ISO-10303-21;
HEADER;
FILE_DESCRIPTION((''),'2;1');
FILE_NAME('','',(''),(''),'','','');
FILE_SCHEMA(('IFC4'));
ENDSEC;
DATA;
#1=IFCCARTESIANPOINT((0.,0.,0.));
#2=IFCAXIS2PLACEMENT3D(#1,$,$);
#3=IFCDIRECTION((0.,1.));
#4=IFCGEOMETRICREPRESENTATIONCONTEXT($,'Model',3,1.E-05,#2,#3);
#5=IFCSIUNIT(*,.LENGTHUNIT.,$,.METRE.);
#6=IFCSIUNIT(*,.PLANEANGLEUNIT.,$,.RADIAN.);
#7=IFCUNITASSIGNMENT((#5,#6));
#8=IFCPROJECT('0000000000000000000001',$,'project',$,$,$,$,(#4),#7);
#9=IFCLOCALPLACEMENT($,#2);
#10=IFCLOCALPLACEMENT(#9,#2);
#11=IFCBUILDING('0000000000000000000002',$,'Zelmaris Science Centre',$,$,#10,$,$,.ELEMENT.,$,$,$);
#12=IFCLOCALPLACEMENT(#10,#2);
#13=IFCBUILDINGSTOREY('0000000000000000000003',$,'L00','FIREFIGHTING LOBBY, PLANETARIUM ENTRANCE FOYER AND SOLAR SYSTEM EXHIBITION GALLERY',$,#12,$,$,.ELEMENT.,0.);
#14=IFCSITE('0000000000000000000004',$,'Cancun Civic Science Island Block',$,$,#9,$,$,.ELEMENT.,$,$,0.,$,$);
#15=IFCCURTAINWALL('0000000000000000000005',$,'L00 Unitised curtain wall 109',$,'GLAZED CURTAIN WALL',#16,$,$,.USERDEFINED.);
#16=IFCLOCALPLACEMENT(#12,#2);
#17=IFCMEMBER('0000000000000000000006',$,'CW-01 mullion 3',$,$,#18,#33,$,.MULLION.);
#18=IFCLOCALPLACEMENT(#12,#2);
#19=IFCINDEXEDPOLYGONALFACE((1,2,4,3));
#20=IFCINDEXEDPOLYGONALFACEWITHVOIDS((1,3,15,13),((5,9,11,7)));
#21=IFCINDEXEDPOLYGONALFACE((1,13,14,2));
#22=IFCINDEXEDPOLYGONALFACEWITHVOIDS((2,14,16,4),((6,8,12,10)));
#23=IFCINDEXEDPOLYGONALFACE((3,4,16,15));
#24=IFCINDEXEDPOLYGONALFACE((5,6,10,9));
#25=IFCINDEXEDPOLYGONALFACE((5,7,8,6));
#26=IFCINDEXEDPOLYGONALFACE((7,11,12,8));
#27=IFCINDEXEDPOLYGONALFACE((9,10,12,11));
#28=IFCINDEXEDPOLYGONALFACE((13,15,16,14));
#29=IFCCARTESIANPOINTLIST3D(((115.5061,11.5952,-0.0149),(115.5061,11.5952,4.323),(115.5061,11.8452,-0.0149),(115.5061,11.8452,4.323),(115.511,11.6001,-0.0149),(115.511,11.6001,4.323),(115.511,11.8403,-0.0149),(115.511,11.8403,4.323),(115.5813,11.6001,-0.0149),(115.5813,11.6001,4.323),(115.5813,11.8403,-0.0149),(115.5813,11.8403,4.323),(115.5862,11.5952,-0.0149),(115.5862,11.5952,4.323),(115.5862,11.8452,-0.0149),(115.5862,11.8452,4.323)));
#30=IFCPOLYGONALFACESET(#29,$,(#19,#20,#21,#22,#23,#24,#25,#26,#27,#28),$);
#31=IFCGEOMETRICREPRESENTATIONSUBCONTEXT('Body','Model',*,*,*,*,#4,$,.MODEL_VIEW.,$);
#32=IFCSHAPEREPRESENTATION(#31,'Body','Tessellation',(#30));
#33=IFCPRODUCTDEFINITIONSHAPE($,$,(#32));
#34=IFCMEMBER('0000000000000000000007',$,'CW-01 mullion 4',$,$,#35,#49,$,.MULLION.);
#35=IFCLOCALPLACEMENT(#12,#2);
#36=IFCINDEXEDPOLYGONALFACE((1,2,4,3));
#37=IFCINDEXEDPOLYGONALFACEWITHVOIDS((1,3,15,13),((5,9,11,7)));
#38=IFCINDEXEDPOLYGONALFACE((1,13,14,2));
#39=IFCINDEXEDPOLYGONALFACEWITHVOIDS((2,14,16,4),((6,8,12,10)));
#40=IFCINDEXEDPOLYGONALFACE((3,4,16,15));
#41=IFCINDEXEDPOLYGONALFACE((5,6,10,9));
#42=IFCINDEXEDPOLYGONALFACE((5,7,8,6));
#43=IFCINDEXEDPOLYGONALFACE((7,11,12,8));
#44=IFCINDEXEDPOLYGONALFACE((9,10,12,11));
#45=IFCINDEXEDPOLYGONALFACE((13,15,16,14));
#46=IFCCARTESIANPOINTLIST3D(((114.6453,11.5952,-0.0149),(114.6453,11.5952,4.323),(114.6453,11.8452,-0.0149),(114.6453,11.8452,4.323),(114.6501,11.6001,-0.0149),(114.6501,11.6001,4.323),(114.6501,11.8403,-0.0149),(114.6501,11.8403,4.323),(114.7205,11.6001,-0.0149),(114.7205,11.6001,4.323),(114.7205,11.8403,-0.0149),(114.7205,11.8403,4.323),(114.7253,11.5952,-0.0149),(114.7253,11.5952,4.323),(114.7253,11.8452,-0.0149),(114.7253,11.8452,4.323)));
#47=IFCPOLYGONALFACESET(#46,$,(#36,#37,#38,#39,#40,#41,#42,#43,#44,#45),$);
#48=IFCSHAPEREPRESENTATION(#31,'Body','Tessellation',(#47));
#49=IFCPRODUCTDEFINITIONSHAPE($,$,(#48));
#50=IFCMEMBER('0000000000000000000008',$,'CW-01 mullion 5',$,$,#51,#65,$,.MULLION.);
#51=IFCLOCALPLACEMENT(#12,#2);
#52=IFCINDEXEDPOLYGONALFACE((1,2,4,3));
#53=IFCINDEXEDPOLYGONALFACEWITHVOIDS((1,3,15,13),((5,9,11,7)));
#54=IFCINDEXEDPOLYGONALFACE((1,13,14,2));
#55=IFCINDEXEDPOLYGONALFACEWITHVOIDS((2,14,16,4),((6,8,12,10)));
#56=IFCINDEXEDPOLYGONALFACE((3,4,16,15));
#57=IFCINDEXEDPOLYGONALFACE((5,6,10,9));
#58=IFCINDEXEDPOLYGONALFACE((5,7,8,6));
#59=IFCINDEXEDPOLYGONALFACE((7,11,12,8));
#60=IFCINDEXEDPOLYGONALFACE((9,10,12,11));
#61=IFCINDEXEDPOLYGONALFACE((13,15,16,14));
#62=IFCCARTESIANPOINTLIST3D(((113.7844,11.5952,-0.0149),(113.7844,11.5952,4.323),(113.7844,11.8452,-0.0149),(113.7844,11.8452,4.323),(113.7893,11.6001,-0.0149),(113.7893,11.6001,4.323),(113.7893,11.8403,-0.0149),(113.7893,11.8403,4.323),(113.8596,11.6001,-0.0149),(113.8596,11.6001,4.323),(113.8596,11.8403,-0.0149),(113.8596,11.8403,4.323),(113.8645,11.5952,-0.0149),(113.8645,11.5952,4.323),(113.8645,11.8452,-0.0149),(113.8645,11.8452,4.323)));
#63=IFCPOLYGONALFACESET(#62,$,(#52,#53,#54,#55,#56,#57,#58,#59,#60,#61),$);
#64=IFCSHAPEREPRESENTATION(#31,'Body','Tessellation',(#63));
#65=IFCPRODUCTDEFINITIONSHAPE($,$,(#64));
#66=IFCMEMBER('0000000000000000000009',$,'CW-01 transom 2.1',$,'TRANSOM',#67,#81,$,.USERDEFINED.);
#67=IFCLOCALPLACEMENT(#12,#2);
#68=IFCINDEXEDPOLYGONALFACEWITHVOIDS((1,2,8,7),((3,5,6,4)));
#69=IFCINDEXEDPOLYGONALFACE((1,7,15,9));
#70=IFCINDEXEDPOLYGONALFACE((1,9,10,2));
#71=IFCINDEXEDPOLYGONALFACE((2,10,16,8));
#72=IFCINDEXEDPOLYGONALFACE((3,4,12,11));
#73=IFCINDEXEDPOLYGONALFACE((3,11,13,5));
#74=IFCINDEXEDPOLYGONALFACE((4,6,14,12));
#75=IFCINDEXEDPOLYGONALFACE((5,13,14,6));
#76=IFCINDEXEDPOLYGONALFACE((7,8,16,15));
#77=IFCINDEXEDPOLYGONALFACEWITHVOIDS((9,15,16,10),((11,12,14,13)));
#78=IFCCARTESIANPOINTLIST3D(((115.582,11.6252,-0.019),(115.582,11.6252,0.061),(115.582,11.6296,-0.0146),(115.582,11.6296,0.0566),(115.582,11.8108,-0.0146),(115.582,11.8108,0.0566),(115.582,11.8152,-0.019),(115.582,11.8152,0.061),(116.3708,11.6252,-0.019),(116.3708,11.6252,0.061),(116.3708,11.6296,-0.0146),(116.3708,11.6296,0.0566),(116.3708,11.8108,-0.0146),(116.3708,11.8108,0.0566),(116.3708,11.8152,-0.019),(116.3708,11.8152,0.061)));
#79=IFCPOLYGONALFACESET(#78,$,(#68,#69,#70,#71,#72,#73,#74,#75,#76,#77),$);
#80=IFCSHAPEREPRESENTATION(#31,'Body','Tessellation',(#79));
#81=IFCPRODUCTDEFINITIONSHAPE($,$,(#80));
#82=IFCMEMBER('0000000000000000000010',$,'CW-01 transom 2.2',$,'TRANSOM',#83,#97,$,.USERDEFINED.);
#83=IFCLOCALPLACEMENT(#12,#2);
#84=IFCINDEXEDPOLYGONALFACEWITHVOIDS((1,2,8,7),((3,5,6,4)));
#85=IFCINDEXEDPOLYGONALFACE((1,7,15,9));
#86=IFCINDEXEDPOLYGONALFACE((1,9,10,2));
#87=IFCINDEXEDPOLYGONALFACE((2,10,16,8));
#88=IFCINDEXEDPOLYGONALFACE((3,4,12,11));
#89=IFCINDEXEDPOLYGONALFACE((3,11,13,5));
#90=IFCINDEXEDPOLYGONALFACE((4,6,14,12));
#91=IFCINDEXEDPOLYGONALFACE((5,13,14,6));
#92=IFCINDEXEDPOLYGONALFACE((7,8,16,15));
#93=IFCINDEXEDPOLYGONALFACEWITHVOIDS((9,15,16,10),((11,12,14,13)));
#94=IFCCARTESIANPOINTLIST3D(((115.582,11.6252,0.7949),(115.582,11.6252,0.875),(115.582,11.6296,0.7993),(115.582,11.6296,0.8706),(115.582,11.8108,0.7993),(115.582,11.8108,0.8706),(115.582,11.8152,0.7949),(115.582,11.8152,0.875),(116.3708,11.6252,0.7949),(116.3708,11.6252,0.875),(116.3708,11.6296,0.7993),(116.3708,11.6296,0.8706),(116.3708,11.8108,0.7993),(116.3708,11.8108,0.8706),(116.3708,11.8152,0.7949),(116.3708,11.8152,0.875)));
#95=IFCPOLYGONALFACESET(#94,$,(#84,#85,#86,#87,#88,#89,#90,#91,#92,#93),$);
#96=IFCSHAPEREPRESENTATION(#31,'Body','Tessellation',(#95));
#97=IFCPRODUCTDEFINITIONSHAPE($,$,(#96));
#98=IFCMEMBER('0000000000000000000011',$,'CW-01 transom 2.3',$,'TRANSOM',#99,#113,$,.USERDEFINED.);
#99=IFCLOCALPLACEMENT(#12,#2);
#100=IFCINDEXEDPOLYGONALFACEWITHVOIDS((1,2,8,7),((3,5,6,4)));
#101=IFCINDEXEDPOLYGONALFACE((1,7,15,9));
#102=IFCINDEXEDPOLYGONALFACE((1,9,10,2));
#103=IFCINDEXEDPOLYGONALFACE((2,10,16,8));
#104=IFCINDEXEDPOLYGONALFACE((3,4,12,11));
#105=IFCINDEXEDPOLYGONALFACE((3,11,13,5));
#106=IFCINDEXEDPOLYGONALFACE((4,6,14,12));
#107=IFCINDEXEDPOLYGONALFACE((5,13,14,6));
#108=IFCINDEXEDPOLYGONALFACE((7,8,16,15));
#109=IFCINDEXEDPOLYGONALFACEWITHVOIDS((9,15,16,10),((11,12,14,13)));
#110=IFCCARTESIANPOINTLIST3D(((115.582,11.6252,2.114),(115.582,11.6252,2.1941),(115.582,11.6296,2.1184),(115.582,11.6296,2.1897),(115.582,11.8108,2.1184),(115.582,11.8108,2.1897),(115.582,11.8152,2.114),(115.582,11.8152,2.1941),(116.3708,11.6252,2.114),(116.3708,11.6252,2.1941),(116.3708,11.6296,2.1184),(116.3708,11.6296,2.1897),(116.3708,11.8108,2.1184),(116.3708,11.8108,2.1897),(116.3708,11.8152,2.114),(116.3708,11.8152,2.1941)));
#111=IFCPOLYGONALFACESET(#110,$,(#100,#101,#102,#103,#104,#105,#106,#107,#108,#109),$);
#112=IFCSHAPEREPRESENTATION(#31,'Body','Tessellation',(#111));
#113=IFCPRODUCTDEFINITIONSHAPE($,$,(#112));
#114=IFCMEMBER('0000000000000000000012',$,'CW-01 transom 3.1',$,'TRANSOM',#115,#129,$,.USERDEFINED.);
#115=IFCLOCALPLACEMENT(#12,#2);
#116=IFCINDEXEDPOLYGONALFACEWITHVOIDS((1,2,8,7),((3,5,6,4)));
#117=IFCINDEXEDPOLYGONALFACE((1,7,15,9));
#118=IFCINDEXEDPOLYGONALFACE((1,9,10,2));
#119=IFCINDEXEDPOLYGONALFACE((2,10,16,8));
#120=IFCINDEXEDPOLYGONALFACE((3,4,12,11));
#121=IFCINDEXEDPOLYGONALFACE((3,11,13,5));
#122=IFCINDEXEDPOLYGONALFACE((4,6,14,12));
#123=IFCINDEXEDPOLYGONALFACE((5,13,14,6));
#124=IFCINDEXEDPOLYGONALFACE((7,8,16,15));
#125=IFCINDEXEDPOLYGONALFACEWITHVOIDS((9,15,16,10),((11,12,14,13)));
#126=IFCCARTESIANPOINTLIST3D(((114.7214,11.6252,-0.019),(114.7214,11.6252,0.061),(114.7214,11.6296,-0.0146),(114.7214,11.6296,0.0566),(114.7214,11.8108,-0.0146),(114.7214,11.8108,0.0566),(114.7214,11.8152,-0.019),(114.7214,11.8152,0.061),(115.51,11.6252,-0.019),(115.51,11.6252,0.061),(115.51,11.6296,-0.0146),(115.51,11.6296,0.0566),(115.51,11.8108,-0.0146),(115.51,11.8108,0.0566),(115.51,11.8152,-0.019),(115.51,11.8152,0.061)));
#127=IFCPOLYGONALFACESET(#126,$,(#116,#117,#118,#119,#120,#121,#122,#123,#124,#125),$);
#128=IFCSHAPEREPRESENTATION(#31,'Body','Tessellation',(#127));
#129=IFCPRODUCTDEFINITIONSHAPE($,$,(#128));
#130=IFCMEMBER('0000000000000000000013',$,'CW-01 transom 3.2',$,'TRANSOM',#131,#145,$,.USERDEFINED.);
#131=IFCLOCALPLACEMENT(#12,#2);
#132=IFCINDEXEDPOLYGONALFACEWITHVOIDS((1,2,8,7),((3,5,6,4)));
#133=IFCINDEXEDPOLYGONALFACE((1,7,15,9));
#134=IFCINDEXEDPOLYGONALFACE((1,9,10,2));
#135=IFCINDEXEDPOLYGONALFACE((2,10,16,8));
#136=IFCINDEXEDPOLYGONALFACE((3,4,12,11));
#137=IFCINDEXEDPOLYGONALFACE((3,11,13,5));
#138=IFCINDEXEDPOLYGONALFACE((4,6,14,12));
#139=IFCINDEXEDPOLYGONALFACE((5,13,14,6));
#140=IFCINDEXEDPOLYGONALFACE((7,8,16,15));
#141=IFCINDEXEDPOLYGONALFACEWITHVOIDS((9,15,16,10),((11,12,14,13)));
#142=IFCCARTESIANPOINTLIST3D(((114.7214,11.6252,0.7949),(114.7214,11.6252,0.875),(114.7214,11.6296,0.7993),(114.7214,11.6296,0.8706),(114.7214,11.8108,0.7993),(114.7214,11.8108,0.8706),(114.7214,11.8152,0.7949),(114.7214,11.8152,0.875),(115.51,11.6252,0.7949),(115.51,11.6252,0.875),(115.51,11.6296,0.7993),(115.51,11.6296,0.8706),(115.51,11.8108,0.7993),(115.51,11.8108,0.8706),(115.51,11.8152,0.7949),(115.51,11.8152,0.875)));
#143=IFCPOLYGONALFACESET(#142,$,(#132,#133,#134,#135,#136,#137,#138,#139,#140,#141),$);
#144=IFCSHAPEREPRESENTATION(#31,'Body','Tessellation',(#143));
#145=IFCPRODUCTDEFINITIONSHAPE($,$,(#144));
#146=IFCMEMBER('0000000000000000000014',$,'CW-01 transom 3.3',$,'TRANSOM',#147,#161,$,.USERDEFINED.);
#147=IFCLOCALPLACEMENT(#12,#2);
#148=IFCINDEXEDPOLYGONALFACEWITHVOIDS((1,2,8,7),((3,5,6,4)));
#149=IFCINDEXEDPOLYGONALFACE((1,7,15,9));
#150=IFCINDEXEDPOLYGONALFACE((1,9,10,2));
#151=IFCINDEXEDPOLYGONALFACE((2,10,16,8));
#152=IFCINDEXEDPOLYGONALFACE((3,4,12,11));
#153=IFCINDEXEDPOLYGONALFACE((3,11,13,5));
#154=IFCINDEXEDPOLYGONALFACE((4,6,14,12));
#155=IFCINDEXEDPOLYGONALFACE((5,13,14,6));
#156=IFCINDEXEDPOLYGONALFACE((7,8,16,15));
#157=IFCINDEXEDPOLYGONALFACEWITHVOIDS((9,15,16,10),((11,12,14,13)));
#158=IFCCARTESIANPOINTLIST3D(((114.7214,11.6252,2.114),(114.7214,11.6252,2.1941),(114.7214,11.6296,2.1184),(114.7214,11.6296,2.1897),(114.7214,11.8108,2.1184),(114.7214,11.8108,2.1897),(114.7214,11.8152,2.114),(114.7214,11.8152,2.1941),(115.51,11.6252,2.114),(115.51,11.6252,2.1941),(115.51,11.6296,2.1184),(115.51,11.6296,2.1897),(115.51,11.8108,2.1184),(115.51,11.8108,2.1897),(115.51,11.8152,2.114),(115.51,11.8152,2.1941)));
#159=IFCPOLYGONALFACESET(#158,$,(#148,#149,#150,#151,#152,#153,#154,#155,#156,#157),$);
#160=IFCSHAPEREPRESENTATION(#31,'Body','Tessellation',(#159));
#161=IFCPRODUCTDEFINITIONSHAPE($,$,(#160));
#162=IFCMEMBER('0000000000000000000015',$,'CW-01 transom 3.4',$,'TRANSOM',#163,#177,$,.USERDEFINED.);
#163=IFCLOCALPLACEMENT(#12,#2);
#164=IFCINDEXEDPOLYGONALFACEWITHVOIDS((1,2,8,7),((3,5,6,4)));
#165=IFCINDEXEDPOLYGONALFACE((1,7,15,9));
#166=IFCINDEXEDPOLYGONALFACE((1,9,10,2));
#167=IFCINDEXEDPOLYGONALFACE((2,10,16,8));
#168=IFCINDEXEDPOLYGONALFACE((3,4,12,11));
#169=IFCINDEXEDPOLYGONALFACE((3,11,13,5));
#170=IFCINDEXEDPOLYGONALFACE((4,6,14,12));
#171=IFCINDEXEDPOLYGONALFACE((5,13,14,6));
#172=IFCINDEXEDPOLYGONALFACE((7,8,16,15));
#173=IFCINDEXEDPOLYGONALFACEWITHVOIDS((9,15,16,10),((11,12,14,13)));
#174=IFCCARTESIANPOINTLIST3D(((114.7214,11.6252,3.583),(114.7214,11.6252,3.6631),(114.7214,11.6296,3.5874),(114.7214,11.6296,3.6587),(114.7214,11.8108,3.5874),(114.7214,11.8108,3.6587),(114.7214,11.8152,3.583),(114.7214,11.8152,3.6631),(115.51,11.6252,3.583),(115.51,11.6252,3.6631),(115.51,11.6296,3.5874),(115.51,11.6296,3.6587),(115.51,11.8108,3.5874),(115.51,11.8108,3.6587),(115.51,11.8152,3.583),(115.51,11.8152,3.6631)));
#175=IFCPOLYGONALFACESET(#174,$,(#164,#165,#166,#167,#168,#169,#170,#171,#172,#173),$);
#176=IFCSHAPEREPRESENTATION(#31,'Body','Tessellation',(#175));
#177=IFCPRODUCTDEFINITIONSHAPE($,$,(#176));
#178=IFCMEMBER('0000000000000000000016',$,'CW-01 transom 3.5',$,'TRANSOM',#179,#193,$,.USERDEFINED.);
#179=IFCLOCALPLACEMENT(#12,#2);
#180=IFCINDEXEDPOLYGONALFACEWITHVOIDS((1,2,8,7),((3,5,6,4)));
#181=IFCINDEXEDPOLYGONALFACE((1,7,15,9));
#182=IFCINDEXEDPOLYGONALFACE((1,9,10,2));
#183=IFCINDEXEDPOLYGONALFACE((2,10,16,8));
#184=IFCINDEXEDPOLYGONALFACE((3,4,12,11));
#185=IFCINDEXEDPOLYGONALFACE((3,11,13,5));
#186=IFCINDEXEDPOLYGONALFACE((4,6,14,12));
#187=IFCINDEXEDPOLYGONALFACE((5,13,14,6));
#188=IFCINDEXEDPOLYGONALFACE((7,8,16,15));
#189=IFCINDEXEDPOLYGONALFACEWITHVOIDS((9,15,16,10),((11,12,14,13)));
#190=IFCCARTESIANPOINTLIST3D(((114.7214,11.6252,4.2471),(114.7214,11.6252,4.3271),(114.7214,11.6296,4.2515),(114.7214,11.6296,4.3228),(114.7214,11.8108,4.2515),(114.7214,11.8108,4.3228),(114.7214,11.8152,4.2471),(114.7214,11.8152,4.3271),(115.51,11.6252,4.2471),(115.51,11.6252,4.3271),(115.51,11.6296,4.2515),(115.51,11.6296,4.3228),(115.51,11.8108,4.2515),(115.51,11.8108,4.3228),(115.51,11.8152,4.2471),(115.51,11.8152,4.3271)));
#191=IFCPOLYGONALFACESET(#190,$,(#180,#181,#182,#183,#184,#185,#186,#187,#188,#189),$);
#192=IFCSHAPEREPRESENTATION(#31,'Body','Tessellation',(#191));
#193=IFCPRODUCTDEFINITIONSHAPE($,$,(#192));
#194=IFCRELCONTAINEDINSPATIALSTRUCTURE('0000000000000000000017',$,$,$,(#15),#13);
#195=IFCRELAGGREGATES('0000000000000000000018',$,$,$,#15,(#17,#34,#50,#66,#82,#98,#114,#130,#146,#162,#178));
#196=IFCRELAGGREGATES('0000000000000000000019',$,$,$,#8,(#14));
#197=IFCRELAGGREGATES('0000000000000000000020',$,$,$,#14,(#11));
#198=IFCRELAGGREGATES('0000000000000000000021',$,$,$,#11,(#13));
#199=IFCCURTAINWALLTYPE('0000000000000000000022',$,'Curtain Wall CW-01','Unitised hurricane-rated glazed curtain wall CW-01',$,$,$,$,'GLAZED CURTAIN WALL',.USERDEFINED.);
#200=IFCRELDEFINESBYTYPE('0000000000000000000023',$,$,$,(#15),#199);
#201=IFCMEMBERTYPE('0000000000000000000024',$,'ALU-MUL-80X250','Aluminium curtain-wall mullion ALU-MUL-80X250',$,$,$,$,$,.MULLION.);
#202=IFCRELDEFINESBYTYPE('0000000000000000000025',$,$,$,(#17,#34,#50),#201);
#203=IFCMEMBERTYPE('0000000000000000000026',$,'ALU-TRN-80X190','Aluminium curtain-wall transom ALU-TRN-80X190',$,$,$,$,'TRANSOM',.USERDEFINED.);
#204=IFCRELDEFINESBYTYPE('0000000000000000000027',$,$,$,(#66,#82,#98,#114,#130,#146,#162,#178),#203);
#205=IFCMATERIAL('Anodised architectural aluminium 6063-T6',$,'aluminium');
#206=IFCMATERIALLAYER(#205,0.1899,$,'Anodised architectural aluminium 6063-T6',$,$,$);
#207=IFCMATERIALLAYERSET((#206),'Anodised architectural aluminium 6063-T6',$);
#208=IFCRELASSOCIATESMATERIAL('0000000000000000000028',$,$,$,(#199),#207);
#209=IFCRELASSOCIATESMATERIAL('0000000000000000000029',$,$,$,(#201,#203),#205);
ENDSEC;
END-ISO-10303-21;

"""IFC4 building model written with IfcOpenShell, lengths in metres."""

from ifc_helpers import new_model, si_unit, direction, frame, origin, origin_2d, place, context, subcontext, project, spatial, hollow_rectangle, extrude, material, layer, layer_set, material_profile, profile_set, type_object, element, aggregate, save


model = new_model("IFC4")

# Units and contexts
model_context = context("Model", 3, precision=1e-05, world=origin(), true_north=direction((0.0, 1.0)))
body_context = subcontext(model_context, "Body", "Model", "MODEL_VIEW")
ifc_project = project(units=[si_unit("LENGTHUNIT", "METRE"), si_unit("PLANEANGLEUNIT", "RADIAN")], contexts=[model_context])

# Site, building, storey
site_placement = place(None, origin())
site = spatial("IfcSite", under=ifc_project, at=site_placement, Name="Cancun Civic Science Island Block", CompositionType="ELEMENT", RefElevation=0.0)
building_placement = place(site_placement, origin())
building = spatial("IfcBuilding", under=site, at=building_placement, Name="Zelmaris Science Centre", CompositionType="ELEMENT")
storey_placement = place(building_placement, origin())
storey = spatial("IfcBuildingStorey", under=building, at=storey_placement, Name="L00", Description="FIREFIGHTING LOBBY, PLANETARIUM ENTRANCE FOYER AND SOLAR SYSTEM EXHIBITION GALLERY", CompositionType="ELEMENT", Elevation=0.0)

# Curtain wall, members
ifc_material_1 = material(Name="Anodised architectural aluminium 6063-T6", Category="aluminium")
ifc_layer_1 = layer(ifc_material_1, 0.1899, Name="Anodised architectural aluminium 6063-T6")
ifc_layer_set_1 = layer_set([ifc_layer_1], Name="Anodised architectural aluminium 6063-T6")
curtain_wall_type = type_object("IfcCurtainWallType", Name="Curtain Wall CW-01", Description="Unitised hurricane-rated glazed curtain wall CW-01", ElementType="GLAZED CURTAIN WALL", PredefinedType="USERDEFINED", material=ifc_layer_set_1)
curtain_wall_placement = place(storey_placement, origin())
curtain_wall = element("IfcCurtainWall", 1, at=curtain_wall_placement, inside=storey, type_object=curtain_wall_type, Name="L00 Unitised curtain wall 109", ObjectType="GLAZED CURTAIN WALL", PredefinedType="USERDEFINED")
ifc_material_profile_1 = material_profile(ifc_material_1, hollow_rectangle(XDim=0.0801, YDim=0.25, WallThickness=0.0049, at=origin_2d()), Name="ALU-MUL-80X250")
ifc_profile_set_1 = profile_set([ifc_material_profile_1], Name="Anodised architectural aluminium 6063-T6")
member_type_1 = type_object("IfcMemberType", Name="ALU-MUL-80X250", Description="Aluminium curtain-wall mullion ALU-MUL-80X250", PredefinedType="MULLION", material=ifc_profile_set_1)
member_1_placement = place(storey_placement, frame((115.5461, 11.7202, -0.0149), z_axis=(0.0, 0.0, 1.0), x_axis=(-1.0, 0.0, 0.0)))
member_1 = element("IfcMember", 2, at=member_1_placement, type_object=member_type_1, Name="CW-01 mullion 3", PredefinedType="MULLION", context=body_context, shape_type="SweptSolid", body=[
    extrude(hollow_rectangle(XDim=0.0801, YDim=0.25, WallThickness=0.0049, at=origin_2d()), origin(), (0.0, 0.0, 1.0), 4.3379),
])
member_2_placement = place(storey_placement, frame((114.6853, 11.7202, -0.0149), z_axis=(0.0, 0.0, 1.0), x_axis=(-1.0, 0.0, 0.0)))
member_2 = element("IfcMember", 3, at=member_2_placement, type_object=member_type_1, Name="CW-01 mullion 4", PredefinedType="MULLION", context=body_context, shape_type="SweptSolid", body=[
    extrude(hollow_rectangle(XDim=0.0801, YDim=0.25, WallThickness=0.0049, at=origin_2d()), origin(), (0.0, 0.0, 1.0), 4.3379),
])
member_3_placement = place(storey_placement, frame((113.8245, 11.7202, -0.0149), z_axis=(0.0, 0.0, 1.0), x_axis=(-1.0, 0.0, 0.0)))
member_3 = element("IfcMember", 4, at=member_3_placement, type_object=member_type_1, Name="CW-01 mullion 5", PredefinedType="MULLION", context=body_context, shape_type="SweptSolid", body=[
    extrude(hollow_rectangle(XDim=0.0801, YDim=0.25, WallThickness=0.0049, at=origin_2d()), origin(), (0.0, 0.0, 1.0), 4.3379),
])
ifc_material_profile_2 = material_profile(ifc_material_1, hollow_rectangle(XDim=0.0801, YDim=0.1899, WallThickness=0.0044, at=origin_2d()), Name="ALU-TRN-80X190")
ifc_profile_set_2 = profile_set([ifc_material_profile_2], Name="Anodised architectural aluminium 6063-T6")
member_type_2 = type_object("IfcMemberType", Name="ALU-TRN-80X190", Description="Aluminium curtain-wall transom ALU-TRN-80X190", ElementType="TRANSOM", PredefinedType="USERDEFINED", material=ifc_profile_set_2)
member_4_placement = place(storey_placement, frame((116.3708, 11.7202, 0.021), z_axis=(-1.0, 0.0, 0.0), x_axis=(0.0, 0.0, 1.0)))
member_4 = element("IfcMember", 5, at=member_4_placement, type_object=member_type_2, Name="CW-01 transom 2.1", ObjectType="TRANSOM", PredefinedType="USERDEFINED", context=body_context, shape_type="SweptSolid", body=[
    extrude(hollow_rectangle(XDim=0.0801, YDim=0.1899, WallThickness=0.0044, at=origin_2d()), origin(), (0.0, 0.0, 1.0), 0.7888),
])
member_5_placement = place(storey_placement, frame((116.3708, 11.7202, 0.835), z_axis=(-1.0, 0.0, 0.0), x_axis=(0.0, 0.0, 1.0)))
member_5 = element("IfcMember", 6, at=member_5_placement, type_object=member_type_2, Name="CW-01 transom 2.2", ObjectType="TRANSOM", PredefinedType="USERDEFINED", context=body_context, shape_type="SweptSolid", body=[
    extrude(hollow_rectangle(XDim=0.0801, YDim=0.1899, WallThickness=0.0044, at=origin_2d()), origin(), (0.0, 0.0, 1.0), 0.7888),
])
member_6_placement = place(storey_placement, frame((116.3708, 11.7202, 2.1541), z_axis=(-1.0, 0.0, 0.0), x_axis=(0.0, 0.0, 1.0)))
member_6 = element("IfcMember", 7, at=member_6_placement, type_object=member_type_2, Name="CW-01 transom 2.3", ObjectType="TRANSOM", PredefinedType="USERDEFINED", context=body_context, shape_type="SweptSolid", body=[
    extrude(hollow_rectangle(XDim=0.0801, YDim=0.1899, WallThickness=0.0044, at=origin_2d()), origin(), (0.0, 0.0, 1.0), 0.7888),
])
member_7_placement = place(storey_placement, frame((115.51, 11.7202, 0.021), z_axis=(-1.0, 0.0, 0.0), x_axis=(0.0, 0.0, 1.0)))
member_7 = element("IfcMember", 8, at=member_7_placement, type_object=member_type_2, Name="CW-01 transom 3.1", ObjectType="TRANSOM", PredefinedType="USERDEFINED", context=body_context, shape_type="SweptSolid", body=[
    extrude(hollow_rectangle(XDim=0.0801, YDim=0.1899, WallThickness=0.0044, at=origin_2d()), origin(), (0.0, 0.0, 1.0), 0.7886),
])
member_8_placement = place(storey_placement, frame((115.51, 11.7202, 0.835), z_axis=(-1.0, 0.0, 0.0), x_axis=(0.0, 0.0, 1.0)))
member_8 = element("IfcMember", 9, at=member_8_placement, type_object=member_type_2, Name="CW-01 transom 3.2", ObjectType="TRANSOM", PredefinedType="USERDEFINED", context=body_context, shape_type="SweptSolid", body=[
    extrude(hollow_rectangle(XDim=0.0801, YDim=0.1899, WallThickness=0.0044, at=origin_2d()), origin(), (0.0, 0.0, 1.0), 0.7886),
])
member_9_placement = place(storey_placement, frame((115.51, 11.7202, 2.1541), z_axis=(-1.0, 0.0, 0.0), x_axis=(0.0, 0.0, 1.0)))
member_9 = element("IfcMember", 10, at=member_9_placement, type_object=member_type_2, Name="CW-01 transom 3.3", ObjectType="TRANSOM", PredefinedType="USERDEFINED", context=body_context, shape_type="SweptSolid", body=[
    extrude(hollow_rectangle(XDim=0.0801, YDim=0.1899, WallThickness=0.0044, at=origin_2d()), origin(), (0.0, 0.0, 1.0), 0.7886),
])
member_10_placement = place(storey_placement, frame((115.51, 11.7202, 3.623), z_axis=(-1.0, 0.0, 0.0), x_axis=(0.0, 0.0, 1.0)))
member_10 = element("IfcMember", 11, at=member_10_placement, type_object=member_type_2, Name="CW-01 transom 3.4", ObjectType="TRANSOM", PredefinedType="USERDEFINED", context=body_context, shape_type="SweptSolid", body=[
    extrude(hollow_rectangle(XDim=0.0801, YDim=0.1899, WallThickness=0.0044, at=origin_2d()), origin(), (0.0, 0.0, 1.0), 0.7886),
])
member_11_placement = place(storey_placement, frame((115.51, 11.7202, 4.2871), z_axis=(-1.0, 0.0, 0.0), x_axis=(0.0, 0.0, 1.0)))
member_11 = element("IfcMember", 12, at=member_11_placement, type_object=member_type_2, Name="CW-01 transom 3.5", ObjectType="TRANSOM", PredefinedType="USERDEFINED", context=body_context, shape_type="SweptSolid", body=[
    extrude(hollow_rectangle(XDim=0.0801, YDim=0.1899, WallThickness=0.0044, at=origin_2d()), origin(), (0.0, 0.0, 1.0), 0.7886),
])
aggregate(curtain_wall, [member_1, member_2, member_3, member_4, member_5, member_6, member_7, member_8, member_9, member_10, member_11])

save(model, "model.ifc")
